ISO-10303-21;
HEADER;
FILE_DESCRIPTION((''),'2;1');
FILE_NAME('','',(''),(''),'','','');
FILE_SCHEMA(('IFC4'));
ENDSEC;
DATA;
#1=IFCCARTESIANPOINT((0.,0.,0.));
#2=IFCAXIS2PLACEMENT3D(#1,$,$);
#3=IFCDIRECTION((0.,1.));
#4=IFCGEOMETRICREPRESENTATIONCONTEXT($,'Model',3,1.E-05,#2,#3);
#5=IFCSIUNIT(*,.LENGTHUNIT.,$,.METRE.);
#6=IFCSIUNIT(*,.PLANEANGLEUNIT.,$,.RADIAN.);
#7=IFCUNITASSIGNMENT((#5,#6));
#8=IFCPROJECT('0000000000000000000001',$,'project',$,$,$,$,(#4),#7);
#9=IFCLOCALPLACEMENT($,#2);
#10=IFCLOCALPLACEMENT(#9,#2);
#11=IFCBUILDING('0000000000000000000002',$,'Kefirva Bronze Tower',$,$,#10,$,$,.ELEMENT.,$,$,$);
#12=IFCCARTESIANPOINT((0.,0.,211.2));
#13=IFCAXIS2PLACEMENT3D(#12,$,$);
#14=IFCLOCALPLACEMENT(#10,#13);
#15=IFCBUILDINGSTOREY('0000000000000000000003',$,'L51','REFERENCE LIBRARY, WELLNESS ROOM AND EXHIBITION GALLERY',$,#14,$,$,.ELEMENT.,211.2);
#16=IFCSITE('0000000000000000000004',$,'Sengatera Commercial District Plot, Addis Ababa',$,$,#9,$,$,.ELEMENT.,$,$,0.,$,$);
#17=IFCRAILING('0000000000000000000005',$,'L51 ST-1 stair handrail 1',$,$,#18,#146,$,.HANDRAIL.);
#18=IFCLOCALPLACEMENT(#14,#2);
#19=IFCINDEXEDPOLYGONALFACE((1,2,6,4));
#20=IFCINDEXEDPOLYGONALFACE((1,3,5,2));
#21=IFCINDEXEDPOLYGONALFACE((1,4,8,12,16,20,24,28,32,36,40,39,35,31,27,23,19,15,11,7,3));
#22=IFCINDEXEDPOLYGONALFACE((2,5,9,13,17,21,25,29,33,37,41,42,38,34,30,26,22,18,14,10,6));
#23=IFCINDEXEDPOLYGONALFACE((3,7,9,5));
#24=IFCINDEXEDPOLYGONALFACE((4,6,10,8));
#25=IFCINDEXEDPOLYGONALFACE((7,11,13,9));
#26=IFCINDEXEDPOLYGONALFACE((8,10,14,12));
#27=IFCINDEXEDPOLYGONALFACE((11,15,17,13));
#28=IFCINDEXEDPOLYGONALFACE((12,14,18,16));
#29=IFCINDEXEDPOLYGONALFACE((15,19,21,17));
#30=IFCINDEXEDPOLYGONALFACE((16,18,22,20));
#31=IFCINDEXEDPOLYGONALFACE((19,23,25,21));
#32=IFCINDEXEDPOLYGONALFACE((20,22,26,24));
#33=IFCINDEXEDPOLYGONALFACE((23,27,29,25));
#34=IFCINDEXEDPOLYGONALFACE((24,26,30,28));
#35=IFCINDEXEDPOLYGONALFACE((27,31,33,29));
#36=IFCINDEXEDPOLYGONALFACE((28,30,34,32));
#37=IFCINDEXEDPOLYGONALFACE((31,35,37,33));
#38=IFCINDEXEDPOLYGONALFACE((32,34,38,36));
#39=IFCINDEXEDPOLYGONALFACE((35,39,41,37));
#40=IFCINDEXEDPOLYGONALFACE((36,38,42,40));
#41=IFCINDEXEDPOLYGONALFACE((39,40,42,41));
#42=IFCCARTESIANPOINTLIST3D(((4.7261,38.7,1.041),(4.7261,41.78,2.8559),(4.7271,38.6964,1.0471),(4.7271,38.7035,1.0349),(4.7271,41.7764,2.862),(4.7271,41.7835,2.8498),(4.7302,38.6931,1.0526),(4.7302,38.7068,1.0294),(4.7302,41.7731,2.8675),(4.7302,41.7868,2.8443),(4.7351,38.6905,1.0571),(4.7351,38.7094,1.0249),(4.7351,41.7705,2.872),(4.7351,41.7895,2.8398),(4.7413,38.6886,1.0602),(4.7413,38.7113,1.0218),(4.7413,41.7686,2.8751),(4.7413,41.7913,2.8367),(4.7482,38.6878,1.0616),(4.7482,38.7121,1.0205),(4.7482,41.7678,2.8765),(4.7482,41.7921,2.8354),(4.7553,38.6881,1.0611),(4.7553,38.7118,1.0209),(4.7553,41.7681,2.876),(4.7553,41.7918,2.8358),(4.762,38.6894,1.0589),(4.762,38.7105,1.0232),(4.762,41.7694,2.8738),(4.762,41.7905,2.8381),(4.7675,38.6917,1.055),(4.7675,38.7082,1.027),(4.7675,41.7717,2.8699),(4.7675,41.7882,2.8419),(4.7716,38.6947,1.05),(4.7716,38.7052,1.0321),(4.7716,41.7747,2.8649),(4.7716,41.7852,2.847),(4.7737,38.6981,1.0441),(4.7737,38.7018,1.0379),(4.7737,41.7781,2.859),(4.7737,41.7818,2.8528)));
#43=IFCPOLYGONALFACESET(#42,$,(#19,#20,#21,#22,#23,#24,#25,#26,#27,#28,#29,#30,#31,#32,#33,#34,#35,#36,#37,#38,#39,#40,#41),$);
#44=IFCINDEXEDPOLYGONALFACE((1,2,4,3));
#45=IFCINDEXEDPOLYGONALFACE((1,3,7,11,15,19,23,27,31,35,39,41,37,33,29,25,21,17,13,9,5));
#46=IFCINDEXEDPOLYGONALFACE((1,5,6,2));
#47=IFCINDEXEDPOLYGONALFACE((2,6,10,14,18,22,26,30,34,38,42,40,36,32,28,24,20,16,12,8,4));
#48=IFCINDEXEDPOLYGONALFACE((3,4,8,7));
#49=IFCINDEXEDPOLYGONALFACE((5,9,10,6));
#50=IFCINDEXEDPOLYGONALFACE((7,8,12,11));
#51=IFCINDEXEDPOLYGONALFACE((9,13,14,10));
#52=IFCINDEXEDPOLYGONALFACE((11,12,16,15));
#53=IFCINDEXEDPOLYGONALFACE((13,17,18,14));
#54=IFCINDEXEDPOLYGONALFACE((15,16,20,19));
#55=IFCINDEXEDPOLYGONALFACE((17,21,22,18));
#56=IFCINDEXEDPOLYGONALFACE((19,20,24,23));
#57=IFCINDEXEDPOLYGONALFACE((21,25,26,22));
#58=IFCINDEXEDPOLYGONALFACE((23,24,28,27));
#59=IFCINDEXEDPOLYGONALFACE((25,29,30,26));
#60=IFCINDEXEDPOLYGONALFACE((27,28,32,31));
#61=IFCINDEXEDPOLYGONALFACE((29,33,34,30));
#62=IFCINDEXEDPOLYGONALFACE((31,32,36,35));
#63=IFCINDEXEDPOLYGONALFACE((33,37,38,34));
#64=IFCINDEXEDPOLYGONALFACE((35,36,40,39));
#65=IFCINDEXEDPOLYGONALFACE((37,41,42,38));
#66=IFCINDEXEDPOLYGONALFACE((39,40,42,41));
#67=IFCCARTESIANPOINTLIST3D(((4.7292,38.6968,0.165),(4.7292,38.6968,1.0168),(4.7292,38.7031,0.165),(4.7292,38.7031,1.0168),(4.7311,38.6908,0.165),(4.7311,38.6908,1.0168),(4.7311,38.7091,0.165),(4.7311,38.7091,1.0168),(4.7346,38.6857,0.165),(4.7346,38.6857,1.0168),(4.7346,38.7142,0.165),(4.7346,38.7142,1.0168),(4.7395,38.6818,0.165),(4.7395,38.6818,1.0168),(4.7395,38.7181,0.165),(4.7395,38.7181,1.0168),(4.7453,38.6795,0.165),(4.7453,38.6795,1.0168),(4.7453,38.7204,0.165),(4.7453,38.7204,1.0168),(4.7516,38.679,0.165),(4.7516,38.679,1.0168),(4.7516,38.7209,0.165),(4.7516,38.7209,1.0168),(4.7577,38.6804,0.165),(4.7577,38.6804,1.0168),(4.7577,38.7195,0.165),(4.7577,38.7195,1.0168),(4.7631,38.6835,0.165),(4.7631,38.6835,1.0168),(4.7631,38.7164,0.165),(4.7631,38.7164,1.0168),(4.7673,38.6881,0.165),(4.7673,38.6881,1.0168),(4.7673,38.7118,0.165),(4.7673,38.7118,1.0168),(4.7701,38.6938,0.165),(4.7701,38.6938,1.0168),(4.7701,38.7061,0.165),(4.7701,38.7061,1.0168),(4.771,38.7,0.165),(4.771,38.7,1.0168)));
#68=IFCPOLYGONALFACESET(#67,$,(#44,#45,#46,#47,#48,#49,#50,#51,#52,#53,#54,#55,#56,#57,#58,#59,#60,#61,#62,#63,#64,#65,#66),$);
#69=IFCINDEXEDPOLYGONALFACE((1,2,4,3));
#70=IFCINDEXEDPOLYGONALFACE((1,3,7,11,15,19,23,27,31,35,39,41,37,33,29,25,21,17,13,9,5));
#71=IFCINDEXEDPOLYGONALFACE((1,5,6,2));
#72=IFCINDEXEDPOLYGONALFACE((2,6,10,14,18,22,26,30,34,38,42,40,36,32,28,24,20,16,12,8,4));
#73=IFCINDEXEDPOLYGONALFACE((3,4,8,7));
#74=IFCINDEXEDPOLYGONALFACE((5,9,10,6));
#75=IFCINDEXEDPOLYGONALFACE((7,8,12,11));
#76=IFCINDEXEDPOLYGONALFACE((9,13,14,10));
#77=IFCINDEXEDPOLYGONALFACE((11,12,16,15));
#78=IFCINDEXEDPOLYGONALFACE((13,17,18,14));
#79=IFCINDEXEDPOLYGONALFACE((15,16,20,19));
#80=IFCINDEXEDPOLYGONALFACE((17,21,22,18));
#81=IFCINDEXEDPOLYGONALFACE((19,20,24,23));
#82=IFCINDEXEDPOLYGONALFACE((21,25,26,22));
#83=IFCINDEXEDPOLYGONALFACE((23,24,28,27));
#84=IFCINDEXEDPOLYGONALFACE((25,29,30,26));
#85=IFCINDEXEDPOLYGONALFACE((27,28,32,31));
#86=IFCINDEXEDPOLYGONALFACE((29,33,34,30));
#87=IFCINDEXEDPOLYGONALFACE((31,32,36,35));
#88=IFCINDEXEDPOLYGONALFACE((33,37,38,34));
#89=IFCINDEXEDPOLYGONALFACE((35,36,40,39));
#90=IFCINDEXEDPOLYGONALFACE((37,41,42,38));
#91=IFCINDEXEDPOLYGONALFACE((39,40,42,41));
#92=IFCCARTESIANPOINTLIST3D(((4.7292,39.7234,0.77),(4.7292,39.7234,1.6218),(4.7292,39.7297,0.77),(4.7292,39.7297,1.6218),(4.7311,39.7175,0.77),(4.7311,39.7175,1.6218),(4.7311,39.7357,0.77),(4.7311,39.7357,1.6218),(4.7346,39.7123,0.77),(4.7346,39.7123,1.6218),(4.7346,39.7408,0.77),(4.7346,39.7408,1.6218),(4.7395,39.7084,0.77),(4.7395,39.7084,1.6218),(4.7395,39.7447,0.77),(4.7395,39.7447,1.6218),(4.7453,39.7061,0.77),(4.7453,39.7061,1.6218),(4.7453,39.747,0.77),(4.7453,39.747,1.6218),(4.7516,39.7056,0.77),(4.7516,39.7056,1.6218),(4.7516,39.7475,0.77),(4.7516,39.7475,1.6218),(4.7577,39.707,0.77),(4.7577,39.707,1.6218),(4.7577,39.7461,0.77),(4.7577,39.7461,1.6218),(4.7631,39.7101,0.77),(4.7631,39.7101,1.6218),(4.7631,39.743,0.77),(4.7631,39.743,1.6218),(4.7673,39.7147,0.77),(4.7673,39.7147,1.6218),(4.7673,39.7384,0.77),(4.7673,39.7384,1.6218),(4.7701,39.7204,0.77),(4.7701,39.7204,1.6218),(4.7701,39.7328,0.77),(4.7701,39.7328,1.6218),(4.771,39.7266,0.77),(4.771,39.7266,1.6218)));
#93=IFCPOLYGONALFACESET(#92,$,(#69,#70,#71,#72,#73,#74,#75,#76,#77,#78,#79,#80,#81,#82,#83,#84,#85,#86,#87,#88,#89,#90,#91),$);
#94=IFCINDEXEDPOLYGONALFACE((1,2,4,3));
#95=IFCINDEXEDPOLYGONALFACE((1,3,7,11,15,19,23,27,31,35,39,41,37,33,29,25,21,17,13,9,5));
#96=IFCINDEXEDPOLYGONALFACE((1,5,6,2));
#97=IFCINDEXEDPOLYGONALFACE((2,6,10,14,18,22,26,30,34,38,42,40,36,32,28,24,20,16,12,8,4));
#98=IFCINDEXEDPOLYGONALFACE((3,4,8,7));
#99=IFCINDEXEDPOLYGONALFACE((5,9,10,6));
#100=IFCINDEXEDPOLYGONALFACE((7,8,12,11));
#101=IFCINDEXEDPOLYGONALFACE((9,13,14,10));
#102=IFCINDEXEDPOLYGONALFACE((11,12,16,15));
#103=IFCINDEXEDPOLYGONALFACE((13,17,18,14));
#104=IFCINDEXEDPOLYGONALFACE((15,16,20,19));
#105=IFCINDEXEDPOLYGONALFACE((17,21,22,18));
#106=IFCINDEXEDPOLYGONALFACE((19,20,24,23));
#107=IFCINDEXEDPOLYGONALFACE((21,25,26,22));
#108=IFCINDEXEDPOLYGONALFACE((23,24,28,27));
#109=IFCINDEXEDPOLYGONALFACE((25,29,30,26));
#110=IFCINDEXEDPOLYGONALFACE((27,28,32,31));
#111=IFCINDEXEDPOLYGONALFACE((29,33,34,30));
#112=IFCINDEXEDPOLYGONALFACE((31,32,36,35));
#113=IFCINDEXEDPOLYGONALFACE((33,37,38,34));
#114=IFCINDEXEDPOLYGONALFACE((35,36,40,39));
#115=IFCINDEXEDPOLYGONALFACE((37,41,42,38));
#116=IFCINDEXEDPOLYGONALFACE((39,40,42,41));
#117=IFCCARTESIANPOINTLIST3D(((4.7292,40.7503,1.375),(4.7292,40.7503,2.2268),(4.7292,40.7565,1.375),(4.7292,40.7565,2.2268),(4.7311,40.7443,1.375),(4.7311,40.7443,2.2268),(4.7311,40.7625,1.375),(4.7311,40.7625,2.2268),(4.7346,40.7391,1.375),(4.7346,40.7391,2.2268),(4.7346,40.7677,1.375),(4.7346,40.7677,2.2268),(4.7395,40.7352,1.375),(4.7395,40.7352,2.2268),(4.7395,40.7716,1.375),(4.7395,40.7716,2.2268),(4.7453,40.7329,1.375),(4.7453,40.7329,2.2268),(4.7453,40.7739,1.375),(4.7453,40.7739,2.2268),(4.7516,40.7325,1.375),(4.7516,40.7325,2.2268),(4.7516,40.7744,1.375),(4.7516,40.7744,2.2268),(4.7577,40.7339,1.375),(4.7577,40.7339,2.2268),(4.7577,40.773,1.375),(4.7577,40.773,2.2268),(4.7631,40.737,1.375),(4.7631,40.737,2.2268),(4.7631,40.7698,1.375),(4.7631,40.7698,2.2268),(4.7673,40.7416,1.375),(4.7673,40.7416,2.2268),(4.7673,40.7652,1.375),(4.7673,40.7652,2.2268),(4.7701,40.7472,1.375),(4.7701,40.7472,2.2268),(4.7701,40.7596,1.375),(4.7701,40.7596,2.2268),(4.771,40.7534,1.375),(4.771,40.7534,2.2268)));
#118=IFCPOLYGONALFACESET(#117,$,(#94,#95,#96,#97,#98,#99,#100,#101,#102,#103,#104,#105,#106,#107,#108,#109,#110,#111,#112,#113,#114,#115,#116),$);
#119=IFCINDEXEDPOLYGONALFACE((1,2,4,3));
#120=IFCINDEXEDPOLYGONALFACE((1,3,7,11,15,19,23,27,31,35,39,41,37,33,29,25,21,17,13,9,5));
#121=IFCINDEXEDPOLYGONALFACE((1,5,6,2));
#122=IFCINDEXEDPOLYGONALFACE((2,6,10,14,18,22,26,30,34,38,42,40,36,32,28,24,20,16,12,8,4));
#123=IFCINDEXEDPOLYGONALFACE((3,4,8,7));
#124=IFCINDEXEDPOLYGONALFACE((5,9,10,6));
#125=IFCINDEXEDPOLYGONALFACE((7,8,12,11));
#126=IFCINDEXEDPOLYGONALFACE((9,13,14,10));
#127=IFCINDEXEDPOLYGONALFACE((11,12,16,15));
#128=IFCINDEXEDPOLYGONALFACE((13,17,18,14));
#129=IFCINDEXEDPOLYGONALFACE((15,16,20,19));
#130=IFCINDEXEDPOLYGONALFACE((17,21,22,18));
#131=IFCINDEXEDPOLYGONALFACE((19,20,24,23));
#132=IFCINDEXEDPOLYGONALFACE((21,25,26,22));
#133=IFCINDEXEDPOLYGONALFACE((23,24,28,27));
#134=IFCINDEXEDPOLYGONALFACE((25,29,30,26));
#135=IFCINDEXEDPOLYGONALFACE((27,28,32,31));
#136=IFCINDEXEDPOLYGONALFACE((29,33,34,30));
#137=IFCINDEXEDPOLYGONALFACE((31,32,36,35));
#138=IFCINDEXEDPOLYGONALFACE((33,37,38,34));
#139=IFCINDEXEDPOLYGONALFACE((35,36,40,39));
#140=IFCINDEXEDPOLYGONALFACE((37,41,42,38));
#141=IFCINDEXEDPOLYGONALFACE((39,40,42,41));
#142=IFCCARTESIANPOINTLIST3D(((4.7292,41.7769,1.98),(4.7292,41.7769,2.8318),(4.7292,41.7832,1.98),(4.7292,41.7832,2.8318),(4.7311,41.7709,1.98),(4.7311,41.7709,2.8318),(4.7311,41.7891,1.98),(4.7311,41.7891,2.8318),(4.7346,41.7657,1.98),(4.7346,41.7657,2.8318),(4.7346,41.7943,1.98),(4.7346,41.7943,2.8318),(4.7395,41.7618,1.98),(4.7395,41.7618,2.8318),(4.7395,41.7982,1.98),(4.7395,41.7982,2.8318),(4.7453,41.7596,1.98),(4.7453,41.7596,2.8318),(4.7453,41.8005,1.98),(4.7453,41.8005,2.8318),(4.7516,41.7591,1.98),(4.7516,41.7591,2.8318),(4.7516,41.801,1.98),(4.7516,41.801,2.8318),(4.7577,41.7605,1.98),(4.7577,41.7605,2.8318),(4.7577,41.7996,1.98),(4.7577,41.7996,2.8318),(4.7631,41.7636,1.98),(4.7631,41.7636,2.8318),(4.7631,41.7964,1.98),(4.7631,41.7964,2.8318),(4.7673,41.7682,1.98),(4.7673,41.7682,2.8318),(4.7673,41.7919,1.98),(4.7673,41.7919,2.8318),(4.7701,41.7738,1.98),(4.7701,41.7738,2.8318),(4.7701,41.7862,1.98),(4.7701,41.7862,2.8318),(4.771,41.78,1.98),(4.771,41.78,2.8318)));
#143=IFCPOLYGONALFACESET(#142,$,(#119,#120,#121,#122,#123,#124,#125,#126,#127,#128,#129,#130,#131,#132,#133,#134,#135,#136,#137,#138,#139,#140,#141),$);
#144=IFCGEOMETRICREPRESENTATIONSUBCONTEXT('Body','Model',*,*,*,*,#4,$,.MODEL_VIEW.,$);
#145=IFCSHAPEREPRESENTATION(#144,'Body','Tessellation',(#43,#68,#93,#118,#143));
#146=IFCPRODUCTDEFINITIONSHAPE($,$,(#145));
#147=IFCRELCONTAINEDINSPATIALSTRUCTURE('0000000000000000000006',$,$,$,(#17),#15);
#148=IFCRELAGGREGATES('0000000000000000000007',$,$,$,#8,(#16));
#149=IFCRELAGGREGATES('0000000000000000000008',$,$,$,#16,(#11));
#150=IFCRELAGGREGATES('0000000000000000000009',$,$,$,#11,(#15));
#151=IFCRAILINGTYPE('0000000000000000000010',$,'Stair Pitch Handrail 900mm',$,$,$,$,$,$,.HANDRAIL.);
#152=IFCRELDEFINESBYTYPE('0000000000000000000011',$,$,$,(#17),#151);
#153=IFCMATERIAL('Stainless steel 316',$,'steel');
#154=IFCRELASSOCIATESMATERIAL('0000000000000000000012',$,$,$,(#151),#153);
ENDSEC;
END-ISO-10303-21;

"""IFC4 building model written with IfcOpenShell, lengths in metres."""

from ifc_helpers import new_model, si_unit, direction, frame, origin, origin_2d, place, context, subcontext, project, spatial, circle, extrude, material, type_object, element, save


model = new_model("IFC4")

# Units and contexts
model_context = context("Model", 3, precision=1e-05, world=origin(), true_north=direction((0.0, 1.0)))
body_context = subcontext(model_context, "Body", "Model", "MODEL_VIEW")
ifc_project = project(units=[si_unit("LENGTHUNIT", "METRE"), si_unit("PLANEANGLEUNIT", "RADIAN")], contexts=[model_context])

# Site, building, storey
site_placement = place(None, origin())
site = spatial("IfcSite", under=ifc_project, at=site_placement, Name="Sengatera Commercial District Plot, Addis Ababa", CompositionType="ELEMENT", RefElevation=0.0)
building_placement = place(site_placement, origin())
building = spatial("IfcBuilding", under=site, at=building_placement, Name="Kefirva Bronze Tower", CompositionType="ELEMENT")
storey_placement = place(building_placement, frame((0.0, 0.0, 211.2)))
storey = spatial("IfcBuildingStorey", under=building, at=storey_placement, Name="L51", Description="REFERENCE LIBRARY, WELLNESS ROOM AND EXHIBITION GALLERY", CompositionType="ELEMENT", Elevation=211.2)

# Shared definitions
ifc_material_1 = material(Name="Stainless steel 316", Category="steel")

# Railing
railing_type = type_object("IfcRailingType", Name="Stair Pitch Handrail 900mm", PredefinedType="HANDRAIL", material=ifc_material_1)
railing_placement = place(storey_placement, frame((4.75, 38.7, 0.165)))
element("IfcRailing", 1, at=railing_placement, inside=storey, type_object=railing_type, Name="L51 ST-1 stair handrail 1", PredefinedType="HANDRAIL", context=body_context, shape_type="SweptSolid", body=[
    extrude(circle(Radius=0.0239, at=origin_2d()), frame((0.0, 0.0, 0.876), z_axis=(0.0, 0.861551, 0.507671), x_axis=(-1.0, 0.0, 0.0)), (0.0, 0.0, 1.0), 3.575),
    extrude(circle(Radius=0.021, at=origin_2d()), origin(), (0.0, 0.0, 1.0), 0.8518),
    extrude(circle(Radius=0.021, at=origin_2d()), frame((0.0, 1.0266, 0.605)), (0.0, 0.0, 1.0), 0.8518),
    extrude(circle(Radius=0.021, at=origin_2d()), frame((0.0, 2.0535, 1.21)), (0.0, 0.0, 1.0), 0.8518),
    extrude(circle(Radius=0.021, at=origin_2d()), frame((0.0, 3.0801, 1.8149)), (0.0, 0.0, 1.0), 0.8518),
])

save(model, "model.ifc")
